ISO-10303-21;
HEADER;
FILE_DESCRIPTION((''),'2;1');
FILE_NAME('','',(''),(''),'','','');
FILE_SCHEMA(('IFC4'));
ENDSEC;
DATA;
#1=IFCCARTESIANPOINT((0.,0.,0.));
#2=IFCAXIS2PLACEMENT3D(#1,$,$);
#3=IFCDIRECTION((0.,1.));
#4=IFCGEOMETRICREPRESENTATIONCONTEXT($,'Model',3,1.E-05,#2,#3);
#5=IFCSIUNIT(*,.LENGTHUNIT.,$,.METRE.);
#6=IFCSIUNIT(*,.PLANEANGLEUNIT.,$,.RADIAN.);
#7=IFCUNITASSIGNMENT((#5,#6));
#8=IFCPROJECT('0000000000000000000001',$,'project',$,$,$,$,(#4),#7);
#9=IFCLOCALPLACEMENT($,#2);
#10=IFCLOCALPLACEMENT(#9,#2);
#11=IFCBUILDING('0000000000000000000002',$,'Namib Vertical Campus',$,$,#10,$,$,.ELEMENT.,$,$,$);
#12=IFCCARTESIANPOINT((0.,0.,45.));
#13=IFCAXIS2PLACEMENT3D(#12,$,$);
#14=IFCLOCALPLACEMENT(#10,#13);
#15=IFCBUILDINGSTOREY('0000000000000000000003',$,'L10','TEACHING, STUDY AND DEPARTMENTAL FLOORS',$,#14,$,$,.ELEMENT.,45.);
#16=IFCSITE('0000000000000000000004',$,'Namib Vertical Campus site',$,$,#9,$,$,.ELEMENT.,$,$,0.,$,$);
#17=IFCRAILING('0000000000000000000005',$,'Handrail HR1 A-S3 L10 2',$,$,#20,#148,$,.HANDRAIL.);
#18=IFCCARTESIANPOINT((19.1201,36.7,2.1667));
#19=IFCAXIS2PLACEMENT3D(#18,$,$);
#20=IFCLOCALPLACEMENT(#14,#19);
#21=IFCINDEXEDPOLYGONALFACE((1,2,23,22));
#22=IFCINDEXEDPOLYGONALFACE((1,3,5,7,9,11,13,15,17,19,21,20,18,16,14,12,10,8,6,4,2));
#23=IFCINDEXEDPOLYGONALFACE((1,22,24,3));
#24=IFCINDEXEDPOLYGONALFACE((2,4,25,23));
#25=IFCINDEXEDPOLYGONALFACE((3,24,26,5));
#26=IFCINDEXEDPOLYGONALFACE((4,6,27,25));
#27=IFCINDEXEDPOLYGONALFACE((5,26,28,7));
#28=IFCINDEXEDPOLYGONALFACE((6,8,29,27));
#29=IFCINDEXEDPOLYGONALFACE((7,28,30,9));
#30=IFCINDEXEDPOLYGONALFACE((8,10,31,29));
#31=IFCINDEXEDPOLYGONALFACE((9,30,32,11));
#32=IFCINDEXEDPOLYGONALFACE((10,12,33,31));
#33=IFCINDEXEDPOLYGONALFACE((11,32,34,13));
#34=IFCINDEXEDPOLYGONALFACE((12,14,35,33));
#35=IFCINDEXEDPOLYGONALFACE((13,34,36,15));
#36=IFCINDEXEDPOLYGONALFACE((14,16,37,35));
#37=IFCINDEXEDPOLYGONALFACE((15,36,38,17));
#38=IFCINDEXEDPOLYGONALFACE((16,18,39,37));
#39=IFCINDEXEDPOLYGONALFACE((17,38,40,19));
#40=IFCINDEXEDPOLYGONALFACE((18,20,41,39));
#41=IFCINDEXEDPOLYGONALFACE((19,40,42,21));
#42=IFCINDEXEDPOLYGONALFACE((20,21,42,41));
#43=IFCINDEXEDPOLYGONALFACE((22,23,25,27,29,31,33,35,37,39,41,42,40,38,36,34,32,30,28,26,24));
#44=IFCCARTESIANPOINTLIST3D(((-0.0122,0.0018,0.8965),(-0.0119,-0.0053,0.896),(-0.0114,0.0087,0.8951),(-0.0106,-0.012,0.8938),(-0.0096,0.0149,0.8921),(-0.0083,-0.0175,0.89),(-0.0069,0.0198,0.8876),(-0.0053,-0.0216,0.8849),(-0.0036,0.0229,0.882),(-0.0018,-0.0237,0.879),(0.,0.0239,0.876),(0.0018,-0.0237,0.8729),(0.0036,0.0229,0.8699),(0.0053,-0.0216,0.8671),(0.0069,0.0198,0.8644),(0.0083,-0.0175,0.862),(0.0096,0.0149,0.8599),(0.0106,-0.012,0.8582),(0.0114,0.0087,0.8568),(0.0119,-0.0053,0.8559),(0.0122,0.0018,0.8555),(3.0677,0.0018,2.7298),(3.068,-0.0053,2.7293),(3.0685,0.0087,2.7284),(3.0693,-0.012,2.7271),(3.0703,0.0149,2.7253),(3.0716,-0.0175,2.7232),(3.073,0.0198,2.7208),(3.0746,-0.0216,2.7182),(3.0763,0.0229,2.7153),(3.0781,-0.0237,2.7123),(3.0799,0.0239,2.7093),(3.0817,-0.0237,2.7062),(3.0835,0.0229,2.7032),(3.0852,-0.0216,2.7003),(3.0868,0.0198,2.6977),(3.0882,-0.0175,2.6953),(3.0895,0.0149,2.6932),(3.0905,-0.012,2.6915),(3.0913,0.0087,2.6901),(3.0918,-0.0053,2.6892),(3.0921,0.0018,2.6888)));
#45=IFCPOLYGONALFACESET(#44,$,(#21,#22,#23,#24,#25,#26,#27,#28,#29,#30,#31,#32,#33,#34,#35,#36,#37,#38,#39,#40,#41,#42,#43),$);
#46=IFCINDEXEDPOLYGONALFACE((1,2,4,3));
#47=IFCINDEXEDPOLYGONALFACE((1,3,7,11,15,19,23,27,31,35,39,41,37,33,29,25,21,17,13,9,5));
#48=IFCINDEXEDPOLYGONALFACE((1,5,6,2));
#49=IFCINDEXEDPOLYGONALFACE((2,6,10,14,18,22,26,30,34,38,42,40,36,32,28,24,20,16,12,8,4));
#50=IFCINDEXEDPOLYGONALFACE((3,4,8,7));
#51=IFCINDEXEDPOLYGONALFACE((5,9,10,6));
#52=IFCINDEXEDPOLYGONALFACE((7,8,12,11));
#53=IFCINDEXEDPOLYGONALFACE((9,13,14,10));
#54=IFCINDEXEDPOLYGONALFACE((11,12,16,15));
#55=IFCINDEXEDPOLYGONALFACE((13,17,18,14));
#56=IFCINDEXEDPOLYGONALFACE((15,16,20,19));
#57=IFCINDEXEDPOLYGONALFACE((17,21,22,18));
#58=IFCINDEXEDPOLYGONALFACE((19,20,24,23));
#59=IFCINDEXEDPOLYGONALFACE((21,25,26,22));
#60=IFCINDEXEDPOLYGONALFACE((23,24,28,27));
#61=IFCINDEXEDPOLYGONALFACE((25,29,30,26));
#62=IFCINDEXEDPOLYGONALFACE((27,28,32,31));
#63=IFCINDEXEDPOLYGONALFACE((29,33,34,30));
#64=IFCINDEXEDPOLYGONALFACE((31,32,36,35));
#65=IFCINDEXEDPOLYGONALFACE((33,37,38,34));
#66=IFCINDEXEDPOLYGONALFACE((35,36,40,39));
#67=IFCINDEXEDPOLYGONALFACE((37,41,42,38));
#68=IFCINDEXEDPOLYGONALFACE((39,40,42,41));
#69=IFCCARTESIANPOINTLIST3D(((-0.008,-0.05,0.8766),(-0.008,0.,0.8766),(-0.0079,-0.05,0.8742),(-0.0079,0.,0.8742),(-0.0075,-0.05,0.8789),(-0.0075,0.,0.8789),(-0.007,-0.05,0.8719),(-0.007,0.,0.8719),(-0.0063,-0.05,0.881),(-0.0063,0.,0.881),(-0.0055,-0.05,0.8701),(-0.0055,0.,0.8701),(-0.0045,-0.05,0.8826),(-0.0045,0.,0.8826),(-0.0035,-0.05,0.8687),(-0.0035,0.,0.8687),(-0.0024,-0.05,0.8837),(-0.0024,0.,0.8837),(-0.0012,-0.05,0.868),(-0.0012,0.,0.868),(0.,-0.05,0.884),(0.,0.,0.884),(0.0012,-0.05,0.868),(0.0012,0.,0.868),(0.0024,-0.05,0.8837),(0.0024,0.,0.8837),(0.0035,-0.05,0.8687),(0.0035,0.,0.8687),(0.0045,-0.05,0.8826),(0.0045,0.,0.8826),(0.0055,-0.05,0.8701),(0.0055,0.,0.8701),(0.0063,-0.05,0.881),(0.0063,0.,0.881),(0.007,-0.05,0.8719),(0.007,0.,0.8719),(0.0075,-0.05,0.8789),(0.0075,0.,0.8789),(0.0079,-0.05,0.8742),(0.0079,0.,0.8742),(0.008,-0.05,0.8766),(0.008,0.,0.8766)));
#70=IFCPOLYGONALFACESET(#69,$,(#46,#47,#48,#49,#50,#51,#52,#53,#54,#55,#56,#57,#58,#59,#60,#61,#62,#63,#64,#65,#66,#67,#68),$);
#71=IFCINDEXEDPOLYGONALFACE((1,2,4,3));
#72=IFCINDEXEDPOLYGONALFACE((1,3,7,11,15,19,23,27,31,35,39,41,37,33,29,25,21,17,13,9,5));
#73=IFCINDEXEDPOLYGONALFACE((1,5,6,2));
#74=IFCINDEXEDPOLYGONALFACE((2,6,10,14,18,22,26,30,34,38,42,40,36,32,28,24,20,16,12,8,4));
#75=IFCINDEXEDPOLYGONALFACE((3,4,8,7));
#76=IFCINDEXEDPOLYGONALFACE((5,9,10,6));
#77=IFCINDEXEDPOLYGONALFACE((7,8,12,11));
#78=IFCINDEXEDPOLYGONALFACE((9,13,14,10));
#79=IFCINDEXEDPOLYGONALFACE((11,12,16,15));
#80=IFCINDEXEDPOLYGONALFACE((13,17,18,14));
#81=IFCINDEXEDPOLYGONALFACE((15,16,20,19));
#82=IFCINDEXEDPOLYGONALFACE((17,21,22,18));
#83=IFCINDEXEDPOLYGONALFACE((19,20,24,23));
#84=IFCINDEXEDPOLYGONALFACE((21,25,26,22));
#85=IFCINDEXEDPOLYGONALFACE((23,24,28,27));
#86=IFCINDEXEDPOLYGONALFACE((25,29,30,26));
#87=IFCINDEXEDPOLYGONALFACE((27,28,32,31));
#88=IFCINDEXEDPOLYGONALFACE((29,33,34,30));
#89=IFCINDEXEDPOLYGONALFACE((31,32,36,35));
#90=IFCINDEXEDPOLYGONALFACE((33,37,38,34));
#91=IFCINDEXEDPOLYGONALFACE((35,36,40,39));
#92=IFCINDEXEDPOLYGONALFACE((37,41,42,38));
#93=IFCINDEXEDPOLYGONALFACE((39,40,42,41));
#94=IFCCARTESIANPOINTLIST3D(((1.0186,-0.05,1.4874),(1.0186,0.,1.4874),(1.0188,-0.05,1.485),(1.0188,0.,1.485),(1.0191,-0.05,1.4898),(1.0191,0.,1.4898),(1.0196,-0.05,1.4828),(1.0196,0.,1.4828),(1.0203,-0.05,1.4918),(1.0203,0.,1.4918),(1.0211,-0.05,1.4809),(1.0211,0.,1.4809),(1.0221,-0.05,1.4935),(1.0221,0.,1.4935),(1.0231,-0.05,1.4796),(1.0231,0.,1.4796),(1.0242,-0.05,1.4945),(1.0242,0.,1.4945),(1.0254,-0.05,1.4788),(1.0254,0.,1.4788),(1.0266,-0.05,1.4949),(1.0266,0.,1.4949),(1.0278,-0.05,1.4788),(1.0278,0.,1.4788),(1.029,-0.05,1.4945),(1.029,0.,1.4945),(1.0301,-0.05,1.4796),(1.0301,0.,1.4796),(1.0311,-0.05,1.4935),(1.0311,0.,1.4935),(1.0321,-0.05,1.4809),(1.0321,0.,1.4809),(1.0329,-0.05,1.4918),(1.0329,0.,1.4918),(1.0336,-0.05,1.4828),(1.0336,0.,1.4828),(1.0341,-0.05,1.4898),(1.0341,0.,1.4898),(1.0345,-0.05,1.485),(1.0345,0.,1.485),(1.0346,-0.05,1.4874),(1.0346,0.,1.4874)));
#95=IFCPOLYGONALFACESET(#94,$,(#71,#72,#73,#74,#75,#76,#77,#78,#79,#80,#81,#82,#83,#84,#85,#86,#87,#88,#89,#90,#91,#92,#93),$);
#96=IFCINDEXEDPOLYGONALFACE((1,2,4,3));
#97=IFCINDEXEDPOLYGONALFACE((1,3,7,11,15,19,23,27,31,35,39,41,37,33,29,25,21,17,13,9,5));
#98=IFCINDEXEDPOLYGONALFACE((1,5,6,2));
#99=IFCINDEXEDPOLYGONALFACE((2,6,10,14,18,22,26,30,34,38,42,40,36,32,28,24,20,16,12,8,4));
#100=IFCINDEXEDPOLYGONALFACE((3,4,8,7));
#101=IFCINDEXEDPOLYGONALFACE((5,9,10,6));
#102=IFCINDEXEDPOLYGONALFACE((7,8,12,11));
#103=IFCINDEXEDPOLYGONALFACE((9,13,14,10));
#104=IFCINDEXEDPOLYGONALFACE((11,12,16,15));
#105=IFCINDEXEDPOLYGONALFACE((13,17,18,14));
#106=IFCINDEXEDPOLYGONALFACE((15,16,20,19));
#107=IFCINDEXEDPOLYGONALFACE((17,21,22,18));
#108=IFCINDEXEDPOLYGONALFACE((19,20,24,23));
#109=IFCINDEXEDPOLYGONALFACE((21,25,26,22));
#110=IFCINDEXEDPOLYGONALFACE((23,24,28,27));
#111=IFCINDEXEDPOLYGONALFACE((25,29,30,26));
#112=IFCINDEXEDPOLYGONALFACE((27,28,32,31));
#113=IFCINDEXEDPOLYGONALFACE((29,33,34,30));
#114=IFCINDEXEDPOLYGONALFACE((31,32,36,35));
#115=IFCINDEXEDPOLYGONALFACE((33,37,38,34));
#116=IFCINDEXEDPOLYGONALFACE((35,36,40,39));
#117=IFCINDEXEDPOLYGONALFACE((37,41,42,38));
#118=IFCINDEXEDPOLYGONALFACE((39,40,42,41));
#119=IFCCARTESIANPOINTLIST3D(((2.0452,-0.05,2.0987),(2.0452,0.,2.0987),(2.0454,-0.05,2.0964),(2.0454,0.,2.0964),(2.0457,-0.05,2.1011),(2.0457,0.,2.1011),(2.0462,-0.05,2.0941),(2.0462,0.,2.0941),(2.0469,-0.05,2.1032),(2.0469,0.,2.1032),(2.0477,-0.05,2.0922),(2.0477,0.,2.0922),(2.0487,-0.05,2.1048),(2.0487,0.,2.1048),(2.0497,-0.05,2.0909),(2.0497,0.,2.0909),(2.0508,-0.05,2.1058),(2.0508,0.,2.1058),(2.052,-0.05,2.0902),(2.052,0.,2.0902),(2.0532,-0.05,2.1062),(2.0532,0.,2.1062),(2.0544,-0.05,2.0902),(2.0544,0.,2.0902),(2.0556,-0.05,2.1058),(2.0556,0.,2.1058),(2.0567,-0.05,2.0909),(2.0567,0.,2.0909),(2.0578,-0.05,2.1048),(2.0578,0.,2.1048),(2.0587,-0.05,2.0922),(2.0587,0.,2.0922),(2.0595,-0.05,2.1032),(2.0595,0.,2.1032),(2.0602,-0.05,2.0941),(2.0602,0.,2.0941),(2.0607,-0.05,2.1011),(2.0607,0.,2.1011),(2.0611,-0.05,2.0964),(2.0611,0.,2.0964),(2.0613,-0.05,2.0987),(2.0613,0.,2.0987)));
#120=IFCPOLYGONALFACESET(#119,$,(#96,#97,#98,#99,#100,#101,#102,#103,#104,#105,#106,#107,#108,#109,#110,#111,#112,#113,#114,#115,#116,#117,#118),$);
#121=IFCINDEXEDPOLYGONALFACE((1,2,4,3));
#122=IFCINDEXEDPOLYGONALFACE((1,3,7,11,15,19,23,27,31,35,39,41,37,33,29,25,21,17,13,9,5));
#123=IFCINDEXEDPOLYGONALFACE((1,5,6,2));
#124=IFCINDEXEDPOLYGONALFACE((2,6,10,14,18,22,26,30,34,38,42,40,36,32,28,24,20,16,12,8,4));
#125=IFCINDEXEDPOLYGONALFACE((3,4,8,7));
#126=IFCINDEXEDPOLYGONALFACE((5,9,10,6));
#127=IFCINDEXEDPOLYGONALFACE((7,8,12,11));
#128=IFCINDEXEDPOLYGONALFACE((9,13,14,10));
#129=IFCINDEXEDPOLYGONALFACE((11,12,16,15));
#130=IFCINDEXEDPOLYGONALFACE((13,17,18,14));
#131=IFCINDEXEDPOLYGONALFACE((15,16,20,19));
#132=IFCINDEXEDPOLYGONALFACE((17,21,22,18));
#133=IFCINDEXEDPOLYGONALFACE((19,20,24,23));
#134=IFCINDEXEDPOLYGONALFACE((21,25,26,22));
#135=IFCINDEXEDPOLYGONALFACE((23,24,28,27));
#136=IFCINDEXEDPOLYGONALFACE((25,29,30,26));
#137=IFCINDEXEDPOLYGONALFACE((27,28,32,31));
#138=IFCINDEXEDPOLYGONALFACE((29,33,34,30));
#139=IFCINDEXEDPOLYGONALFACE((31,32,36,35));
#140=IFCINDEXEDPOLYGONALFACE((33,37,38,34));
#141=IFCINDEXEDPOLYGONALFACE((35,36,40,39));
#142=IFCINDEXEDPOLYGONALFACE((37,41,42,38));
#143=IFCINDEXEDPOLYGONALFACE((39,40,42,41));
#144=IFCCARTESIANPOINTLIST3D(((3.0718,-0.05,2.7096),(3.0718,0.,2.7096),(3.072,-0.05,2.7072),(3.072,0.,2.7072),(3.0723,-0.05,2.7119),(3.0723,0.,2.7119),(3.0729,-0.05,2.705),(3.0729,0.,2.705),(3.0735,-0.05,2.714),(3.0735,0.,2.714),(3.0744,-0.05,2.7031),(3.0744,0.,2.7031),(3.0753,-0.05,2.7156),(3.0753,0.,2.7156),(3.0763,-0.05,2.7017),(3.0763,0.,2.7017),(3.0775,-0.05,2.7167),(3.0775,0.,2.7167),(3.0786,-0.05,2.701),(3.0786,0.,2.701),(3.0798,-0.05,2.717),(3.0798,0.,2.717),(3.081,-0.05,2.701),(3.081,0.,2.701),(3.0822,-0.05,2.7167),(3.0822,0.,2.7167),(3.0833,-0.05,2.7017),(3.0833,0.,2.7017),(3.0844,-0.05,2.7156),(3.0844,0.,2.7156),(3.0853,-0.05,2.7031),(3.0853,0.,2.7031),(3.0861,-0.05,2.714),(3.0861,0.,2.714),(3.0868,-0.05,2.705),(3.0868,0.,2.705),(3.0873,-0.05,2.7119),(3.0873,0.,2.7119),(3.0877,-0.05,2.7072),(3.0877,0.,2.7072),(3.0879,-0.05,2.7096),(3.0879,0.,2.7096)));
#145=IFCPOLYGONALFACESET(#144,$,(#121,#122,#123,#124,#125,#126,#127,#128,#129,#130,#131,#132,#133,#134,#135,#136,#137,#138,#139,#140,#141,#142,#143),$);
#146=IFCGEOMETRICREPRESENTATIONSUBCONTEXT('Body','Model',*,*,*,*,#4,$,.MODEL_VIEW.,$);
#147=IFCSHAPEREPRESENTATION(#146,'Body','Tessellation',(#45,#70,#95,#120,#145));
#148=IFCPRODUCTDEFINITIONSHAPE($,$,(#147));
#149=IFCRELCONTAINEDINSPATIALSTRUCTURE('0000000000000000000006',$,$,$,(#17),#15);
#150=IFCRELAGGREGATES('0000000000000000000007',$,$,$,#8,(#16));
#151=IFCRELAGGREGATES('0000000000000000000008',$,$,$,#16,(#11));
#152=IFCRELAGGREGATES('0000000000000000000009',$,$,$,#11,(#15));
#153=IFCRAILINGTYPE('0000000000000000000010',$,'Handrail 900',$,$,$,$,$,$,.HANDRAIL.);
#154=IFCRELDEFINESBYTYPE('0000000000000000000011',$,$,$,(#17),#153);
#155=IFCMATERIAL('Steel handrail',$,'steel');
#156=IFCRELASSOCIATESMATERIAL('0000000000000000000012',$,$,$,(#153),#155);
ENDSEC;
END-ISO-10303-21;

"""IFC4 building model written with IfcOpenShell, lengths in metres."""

from ifc_helpers import new_model, si_unit, direction, frame, origin, origin_2d, place, context, subcontext, project, spatial, circle, extrude, material, type_object, element, save


model = new_model("IFC4")

# Units and contexts
model_context = context("Model", 3, precision=1e-05, world=origin(), true_north=direction((0.0, 1.0)))
body_context = subcontext(model_context, "Body", "Model", "MODEL_VIEW")
ifc_project = project(units=[si_unit("LENGTHUNIT", "METRE"), si_unit("PLANEANGLEUNIT", "RADIAN")], contexts=[model_context])

# Site, building, storey
site_placement = place(None, origin())
site = spatial("IfcSite", under=ifc_project, at=site_placement, Name="Namib Vertical Campus site", CompositionType="ELEMENT", RefElevation=0.0)
building_placement = place(site_placement, origin())
building = spatial("IfcBuilding", under=site, at=building_placement, Name="Namib Vertical Campus", CompositionType="ELEMENT")
storey_placement = place(building_placement, frame((0.0, 0.0, 45.0)))
storey = spatial("IfcBuildingStorey", under=building, at=storey_placement, Name="L10", Description="TEACHING, STUDY AND DEPARTMENTAL FLOORS", CompositionType="ELEMENT", Elevation=45.0)

# Railing
ifc_material_1 = material(Name="Steel handrail", Category="steel")
railing_type = type_object("IfcRailingType", Name="Handrail 900", PredefinedType="HANDRAIL", material=ifc_material_1)
railing_1_placement = place(storey_placement, frame((19.1201, 36.7, 2.1667)))
element("IfcRailing", 1, at=railing_1_placement, inside=storey, type_object=railing_type, Name="Handrail HR1 A-S3 L10 2", PredefinedType="HANDRAIL", context=body_context, shape_type="SweptSolid", body=[
    extrude(circle(Radius=0.0239, at=origin_2d()), frame((0.0, 0.0, 0.876), z_axis=(0.859291, 0.0, 0.511487), x_axis=(0.0, 1.0, 0.0)), (0.0, 0.0, 1.0), 3.5842),
    extrude(circle(Radius=0.0081, at=origin_2d()), frame((0.0, 0.0, 0.876), z_axis=(0.0, -1.0, 0.0), x_axis=(0.0, 0.0, 1.0)), (0.0, 0.0, 1.0), 0.05),
    extrude(circle(Radius=0.0081, at=origin_2d()), frame((1.0266, 0.0, 1.4868), z_axis=(0.0, -1.0, 0.0), x_axis=(0.0, 0.0, 1.0)), (0.0, 0.0, 1.0), 0.05),
    extrude(circle(Radius=0.0081, at=origin_2d()), frame((2.0532, 0.0, 2.0981), z_axis=(0.0, -1.0, 0.0), x_axis=(0.0, 0.0, 1.0)), (0.0, 0.0, 1.0), 0.05),
    extrude(circle(Radius=0.0081, at=origin_2d()), frame((3.0798, 0.0, 2.709), z_axis=(0.0, -1.0, 0.0), x_axis=(0.0, 0.0, 1.0)), (0.0, 0.0, 1.0), 0.05),
])

save(model, "model.ifc")
